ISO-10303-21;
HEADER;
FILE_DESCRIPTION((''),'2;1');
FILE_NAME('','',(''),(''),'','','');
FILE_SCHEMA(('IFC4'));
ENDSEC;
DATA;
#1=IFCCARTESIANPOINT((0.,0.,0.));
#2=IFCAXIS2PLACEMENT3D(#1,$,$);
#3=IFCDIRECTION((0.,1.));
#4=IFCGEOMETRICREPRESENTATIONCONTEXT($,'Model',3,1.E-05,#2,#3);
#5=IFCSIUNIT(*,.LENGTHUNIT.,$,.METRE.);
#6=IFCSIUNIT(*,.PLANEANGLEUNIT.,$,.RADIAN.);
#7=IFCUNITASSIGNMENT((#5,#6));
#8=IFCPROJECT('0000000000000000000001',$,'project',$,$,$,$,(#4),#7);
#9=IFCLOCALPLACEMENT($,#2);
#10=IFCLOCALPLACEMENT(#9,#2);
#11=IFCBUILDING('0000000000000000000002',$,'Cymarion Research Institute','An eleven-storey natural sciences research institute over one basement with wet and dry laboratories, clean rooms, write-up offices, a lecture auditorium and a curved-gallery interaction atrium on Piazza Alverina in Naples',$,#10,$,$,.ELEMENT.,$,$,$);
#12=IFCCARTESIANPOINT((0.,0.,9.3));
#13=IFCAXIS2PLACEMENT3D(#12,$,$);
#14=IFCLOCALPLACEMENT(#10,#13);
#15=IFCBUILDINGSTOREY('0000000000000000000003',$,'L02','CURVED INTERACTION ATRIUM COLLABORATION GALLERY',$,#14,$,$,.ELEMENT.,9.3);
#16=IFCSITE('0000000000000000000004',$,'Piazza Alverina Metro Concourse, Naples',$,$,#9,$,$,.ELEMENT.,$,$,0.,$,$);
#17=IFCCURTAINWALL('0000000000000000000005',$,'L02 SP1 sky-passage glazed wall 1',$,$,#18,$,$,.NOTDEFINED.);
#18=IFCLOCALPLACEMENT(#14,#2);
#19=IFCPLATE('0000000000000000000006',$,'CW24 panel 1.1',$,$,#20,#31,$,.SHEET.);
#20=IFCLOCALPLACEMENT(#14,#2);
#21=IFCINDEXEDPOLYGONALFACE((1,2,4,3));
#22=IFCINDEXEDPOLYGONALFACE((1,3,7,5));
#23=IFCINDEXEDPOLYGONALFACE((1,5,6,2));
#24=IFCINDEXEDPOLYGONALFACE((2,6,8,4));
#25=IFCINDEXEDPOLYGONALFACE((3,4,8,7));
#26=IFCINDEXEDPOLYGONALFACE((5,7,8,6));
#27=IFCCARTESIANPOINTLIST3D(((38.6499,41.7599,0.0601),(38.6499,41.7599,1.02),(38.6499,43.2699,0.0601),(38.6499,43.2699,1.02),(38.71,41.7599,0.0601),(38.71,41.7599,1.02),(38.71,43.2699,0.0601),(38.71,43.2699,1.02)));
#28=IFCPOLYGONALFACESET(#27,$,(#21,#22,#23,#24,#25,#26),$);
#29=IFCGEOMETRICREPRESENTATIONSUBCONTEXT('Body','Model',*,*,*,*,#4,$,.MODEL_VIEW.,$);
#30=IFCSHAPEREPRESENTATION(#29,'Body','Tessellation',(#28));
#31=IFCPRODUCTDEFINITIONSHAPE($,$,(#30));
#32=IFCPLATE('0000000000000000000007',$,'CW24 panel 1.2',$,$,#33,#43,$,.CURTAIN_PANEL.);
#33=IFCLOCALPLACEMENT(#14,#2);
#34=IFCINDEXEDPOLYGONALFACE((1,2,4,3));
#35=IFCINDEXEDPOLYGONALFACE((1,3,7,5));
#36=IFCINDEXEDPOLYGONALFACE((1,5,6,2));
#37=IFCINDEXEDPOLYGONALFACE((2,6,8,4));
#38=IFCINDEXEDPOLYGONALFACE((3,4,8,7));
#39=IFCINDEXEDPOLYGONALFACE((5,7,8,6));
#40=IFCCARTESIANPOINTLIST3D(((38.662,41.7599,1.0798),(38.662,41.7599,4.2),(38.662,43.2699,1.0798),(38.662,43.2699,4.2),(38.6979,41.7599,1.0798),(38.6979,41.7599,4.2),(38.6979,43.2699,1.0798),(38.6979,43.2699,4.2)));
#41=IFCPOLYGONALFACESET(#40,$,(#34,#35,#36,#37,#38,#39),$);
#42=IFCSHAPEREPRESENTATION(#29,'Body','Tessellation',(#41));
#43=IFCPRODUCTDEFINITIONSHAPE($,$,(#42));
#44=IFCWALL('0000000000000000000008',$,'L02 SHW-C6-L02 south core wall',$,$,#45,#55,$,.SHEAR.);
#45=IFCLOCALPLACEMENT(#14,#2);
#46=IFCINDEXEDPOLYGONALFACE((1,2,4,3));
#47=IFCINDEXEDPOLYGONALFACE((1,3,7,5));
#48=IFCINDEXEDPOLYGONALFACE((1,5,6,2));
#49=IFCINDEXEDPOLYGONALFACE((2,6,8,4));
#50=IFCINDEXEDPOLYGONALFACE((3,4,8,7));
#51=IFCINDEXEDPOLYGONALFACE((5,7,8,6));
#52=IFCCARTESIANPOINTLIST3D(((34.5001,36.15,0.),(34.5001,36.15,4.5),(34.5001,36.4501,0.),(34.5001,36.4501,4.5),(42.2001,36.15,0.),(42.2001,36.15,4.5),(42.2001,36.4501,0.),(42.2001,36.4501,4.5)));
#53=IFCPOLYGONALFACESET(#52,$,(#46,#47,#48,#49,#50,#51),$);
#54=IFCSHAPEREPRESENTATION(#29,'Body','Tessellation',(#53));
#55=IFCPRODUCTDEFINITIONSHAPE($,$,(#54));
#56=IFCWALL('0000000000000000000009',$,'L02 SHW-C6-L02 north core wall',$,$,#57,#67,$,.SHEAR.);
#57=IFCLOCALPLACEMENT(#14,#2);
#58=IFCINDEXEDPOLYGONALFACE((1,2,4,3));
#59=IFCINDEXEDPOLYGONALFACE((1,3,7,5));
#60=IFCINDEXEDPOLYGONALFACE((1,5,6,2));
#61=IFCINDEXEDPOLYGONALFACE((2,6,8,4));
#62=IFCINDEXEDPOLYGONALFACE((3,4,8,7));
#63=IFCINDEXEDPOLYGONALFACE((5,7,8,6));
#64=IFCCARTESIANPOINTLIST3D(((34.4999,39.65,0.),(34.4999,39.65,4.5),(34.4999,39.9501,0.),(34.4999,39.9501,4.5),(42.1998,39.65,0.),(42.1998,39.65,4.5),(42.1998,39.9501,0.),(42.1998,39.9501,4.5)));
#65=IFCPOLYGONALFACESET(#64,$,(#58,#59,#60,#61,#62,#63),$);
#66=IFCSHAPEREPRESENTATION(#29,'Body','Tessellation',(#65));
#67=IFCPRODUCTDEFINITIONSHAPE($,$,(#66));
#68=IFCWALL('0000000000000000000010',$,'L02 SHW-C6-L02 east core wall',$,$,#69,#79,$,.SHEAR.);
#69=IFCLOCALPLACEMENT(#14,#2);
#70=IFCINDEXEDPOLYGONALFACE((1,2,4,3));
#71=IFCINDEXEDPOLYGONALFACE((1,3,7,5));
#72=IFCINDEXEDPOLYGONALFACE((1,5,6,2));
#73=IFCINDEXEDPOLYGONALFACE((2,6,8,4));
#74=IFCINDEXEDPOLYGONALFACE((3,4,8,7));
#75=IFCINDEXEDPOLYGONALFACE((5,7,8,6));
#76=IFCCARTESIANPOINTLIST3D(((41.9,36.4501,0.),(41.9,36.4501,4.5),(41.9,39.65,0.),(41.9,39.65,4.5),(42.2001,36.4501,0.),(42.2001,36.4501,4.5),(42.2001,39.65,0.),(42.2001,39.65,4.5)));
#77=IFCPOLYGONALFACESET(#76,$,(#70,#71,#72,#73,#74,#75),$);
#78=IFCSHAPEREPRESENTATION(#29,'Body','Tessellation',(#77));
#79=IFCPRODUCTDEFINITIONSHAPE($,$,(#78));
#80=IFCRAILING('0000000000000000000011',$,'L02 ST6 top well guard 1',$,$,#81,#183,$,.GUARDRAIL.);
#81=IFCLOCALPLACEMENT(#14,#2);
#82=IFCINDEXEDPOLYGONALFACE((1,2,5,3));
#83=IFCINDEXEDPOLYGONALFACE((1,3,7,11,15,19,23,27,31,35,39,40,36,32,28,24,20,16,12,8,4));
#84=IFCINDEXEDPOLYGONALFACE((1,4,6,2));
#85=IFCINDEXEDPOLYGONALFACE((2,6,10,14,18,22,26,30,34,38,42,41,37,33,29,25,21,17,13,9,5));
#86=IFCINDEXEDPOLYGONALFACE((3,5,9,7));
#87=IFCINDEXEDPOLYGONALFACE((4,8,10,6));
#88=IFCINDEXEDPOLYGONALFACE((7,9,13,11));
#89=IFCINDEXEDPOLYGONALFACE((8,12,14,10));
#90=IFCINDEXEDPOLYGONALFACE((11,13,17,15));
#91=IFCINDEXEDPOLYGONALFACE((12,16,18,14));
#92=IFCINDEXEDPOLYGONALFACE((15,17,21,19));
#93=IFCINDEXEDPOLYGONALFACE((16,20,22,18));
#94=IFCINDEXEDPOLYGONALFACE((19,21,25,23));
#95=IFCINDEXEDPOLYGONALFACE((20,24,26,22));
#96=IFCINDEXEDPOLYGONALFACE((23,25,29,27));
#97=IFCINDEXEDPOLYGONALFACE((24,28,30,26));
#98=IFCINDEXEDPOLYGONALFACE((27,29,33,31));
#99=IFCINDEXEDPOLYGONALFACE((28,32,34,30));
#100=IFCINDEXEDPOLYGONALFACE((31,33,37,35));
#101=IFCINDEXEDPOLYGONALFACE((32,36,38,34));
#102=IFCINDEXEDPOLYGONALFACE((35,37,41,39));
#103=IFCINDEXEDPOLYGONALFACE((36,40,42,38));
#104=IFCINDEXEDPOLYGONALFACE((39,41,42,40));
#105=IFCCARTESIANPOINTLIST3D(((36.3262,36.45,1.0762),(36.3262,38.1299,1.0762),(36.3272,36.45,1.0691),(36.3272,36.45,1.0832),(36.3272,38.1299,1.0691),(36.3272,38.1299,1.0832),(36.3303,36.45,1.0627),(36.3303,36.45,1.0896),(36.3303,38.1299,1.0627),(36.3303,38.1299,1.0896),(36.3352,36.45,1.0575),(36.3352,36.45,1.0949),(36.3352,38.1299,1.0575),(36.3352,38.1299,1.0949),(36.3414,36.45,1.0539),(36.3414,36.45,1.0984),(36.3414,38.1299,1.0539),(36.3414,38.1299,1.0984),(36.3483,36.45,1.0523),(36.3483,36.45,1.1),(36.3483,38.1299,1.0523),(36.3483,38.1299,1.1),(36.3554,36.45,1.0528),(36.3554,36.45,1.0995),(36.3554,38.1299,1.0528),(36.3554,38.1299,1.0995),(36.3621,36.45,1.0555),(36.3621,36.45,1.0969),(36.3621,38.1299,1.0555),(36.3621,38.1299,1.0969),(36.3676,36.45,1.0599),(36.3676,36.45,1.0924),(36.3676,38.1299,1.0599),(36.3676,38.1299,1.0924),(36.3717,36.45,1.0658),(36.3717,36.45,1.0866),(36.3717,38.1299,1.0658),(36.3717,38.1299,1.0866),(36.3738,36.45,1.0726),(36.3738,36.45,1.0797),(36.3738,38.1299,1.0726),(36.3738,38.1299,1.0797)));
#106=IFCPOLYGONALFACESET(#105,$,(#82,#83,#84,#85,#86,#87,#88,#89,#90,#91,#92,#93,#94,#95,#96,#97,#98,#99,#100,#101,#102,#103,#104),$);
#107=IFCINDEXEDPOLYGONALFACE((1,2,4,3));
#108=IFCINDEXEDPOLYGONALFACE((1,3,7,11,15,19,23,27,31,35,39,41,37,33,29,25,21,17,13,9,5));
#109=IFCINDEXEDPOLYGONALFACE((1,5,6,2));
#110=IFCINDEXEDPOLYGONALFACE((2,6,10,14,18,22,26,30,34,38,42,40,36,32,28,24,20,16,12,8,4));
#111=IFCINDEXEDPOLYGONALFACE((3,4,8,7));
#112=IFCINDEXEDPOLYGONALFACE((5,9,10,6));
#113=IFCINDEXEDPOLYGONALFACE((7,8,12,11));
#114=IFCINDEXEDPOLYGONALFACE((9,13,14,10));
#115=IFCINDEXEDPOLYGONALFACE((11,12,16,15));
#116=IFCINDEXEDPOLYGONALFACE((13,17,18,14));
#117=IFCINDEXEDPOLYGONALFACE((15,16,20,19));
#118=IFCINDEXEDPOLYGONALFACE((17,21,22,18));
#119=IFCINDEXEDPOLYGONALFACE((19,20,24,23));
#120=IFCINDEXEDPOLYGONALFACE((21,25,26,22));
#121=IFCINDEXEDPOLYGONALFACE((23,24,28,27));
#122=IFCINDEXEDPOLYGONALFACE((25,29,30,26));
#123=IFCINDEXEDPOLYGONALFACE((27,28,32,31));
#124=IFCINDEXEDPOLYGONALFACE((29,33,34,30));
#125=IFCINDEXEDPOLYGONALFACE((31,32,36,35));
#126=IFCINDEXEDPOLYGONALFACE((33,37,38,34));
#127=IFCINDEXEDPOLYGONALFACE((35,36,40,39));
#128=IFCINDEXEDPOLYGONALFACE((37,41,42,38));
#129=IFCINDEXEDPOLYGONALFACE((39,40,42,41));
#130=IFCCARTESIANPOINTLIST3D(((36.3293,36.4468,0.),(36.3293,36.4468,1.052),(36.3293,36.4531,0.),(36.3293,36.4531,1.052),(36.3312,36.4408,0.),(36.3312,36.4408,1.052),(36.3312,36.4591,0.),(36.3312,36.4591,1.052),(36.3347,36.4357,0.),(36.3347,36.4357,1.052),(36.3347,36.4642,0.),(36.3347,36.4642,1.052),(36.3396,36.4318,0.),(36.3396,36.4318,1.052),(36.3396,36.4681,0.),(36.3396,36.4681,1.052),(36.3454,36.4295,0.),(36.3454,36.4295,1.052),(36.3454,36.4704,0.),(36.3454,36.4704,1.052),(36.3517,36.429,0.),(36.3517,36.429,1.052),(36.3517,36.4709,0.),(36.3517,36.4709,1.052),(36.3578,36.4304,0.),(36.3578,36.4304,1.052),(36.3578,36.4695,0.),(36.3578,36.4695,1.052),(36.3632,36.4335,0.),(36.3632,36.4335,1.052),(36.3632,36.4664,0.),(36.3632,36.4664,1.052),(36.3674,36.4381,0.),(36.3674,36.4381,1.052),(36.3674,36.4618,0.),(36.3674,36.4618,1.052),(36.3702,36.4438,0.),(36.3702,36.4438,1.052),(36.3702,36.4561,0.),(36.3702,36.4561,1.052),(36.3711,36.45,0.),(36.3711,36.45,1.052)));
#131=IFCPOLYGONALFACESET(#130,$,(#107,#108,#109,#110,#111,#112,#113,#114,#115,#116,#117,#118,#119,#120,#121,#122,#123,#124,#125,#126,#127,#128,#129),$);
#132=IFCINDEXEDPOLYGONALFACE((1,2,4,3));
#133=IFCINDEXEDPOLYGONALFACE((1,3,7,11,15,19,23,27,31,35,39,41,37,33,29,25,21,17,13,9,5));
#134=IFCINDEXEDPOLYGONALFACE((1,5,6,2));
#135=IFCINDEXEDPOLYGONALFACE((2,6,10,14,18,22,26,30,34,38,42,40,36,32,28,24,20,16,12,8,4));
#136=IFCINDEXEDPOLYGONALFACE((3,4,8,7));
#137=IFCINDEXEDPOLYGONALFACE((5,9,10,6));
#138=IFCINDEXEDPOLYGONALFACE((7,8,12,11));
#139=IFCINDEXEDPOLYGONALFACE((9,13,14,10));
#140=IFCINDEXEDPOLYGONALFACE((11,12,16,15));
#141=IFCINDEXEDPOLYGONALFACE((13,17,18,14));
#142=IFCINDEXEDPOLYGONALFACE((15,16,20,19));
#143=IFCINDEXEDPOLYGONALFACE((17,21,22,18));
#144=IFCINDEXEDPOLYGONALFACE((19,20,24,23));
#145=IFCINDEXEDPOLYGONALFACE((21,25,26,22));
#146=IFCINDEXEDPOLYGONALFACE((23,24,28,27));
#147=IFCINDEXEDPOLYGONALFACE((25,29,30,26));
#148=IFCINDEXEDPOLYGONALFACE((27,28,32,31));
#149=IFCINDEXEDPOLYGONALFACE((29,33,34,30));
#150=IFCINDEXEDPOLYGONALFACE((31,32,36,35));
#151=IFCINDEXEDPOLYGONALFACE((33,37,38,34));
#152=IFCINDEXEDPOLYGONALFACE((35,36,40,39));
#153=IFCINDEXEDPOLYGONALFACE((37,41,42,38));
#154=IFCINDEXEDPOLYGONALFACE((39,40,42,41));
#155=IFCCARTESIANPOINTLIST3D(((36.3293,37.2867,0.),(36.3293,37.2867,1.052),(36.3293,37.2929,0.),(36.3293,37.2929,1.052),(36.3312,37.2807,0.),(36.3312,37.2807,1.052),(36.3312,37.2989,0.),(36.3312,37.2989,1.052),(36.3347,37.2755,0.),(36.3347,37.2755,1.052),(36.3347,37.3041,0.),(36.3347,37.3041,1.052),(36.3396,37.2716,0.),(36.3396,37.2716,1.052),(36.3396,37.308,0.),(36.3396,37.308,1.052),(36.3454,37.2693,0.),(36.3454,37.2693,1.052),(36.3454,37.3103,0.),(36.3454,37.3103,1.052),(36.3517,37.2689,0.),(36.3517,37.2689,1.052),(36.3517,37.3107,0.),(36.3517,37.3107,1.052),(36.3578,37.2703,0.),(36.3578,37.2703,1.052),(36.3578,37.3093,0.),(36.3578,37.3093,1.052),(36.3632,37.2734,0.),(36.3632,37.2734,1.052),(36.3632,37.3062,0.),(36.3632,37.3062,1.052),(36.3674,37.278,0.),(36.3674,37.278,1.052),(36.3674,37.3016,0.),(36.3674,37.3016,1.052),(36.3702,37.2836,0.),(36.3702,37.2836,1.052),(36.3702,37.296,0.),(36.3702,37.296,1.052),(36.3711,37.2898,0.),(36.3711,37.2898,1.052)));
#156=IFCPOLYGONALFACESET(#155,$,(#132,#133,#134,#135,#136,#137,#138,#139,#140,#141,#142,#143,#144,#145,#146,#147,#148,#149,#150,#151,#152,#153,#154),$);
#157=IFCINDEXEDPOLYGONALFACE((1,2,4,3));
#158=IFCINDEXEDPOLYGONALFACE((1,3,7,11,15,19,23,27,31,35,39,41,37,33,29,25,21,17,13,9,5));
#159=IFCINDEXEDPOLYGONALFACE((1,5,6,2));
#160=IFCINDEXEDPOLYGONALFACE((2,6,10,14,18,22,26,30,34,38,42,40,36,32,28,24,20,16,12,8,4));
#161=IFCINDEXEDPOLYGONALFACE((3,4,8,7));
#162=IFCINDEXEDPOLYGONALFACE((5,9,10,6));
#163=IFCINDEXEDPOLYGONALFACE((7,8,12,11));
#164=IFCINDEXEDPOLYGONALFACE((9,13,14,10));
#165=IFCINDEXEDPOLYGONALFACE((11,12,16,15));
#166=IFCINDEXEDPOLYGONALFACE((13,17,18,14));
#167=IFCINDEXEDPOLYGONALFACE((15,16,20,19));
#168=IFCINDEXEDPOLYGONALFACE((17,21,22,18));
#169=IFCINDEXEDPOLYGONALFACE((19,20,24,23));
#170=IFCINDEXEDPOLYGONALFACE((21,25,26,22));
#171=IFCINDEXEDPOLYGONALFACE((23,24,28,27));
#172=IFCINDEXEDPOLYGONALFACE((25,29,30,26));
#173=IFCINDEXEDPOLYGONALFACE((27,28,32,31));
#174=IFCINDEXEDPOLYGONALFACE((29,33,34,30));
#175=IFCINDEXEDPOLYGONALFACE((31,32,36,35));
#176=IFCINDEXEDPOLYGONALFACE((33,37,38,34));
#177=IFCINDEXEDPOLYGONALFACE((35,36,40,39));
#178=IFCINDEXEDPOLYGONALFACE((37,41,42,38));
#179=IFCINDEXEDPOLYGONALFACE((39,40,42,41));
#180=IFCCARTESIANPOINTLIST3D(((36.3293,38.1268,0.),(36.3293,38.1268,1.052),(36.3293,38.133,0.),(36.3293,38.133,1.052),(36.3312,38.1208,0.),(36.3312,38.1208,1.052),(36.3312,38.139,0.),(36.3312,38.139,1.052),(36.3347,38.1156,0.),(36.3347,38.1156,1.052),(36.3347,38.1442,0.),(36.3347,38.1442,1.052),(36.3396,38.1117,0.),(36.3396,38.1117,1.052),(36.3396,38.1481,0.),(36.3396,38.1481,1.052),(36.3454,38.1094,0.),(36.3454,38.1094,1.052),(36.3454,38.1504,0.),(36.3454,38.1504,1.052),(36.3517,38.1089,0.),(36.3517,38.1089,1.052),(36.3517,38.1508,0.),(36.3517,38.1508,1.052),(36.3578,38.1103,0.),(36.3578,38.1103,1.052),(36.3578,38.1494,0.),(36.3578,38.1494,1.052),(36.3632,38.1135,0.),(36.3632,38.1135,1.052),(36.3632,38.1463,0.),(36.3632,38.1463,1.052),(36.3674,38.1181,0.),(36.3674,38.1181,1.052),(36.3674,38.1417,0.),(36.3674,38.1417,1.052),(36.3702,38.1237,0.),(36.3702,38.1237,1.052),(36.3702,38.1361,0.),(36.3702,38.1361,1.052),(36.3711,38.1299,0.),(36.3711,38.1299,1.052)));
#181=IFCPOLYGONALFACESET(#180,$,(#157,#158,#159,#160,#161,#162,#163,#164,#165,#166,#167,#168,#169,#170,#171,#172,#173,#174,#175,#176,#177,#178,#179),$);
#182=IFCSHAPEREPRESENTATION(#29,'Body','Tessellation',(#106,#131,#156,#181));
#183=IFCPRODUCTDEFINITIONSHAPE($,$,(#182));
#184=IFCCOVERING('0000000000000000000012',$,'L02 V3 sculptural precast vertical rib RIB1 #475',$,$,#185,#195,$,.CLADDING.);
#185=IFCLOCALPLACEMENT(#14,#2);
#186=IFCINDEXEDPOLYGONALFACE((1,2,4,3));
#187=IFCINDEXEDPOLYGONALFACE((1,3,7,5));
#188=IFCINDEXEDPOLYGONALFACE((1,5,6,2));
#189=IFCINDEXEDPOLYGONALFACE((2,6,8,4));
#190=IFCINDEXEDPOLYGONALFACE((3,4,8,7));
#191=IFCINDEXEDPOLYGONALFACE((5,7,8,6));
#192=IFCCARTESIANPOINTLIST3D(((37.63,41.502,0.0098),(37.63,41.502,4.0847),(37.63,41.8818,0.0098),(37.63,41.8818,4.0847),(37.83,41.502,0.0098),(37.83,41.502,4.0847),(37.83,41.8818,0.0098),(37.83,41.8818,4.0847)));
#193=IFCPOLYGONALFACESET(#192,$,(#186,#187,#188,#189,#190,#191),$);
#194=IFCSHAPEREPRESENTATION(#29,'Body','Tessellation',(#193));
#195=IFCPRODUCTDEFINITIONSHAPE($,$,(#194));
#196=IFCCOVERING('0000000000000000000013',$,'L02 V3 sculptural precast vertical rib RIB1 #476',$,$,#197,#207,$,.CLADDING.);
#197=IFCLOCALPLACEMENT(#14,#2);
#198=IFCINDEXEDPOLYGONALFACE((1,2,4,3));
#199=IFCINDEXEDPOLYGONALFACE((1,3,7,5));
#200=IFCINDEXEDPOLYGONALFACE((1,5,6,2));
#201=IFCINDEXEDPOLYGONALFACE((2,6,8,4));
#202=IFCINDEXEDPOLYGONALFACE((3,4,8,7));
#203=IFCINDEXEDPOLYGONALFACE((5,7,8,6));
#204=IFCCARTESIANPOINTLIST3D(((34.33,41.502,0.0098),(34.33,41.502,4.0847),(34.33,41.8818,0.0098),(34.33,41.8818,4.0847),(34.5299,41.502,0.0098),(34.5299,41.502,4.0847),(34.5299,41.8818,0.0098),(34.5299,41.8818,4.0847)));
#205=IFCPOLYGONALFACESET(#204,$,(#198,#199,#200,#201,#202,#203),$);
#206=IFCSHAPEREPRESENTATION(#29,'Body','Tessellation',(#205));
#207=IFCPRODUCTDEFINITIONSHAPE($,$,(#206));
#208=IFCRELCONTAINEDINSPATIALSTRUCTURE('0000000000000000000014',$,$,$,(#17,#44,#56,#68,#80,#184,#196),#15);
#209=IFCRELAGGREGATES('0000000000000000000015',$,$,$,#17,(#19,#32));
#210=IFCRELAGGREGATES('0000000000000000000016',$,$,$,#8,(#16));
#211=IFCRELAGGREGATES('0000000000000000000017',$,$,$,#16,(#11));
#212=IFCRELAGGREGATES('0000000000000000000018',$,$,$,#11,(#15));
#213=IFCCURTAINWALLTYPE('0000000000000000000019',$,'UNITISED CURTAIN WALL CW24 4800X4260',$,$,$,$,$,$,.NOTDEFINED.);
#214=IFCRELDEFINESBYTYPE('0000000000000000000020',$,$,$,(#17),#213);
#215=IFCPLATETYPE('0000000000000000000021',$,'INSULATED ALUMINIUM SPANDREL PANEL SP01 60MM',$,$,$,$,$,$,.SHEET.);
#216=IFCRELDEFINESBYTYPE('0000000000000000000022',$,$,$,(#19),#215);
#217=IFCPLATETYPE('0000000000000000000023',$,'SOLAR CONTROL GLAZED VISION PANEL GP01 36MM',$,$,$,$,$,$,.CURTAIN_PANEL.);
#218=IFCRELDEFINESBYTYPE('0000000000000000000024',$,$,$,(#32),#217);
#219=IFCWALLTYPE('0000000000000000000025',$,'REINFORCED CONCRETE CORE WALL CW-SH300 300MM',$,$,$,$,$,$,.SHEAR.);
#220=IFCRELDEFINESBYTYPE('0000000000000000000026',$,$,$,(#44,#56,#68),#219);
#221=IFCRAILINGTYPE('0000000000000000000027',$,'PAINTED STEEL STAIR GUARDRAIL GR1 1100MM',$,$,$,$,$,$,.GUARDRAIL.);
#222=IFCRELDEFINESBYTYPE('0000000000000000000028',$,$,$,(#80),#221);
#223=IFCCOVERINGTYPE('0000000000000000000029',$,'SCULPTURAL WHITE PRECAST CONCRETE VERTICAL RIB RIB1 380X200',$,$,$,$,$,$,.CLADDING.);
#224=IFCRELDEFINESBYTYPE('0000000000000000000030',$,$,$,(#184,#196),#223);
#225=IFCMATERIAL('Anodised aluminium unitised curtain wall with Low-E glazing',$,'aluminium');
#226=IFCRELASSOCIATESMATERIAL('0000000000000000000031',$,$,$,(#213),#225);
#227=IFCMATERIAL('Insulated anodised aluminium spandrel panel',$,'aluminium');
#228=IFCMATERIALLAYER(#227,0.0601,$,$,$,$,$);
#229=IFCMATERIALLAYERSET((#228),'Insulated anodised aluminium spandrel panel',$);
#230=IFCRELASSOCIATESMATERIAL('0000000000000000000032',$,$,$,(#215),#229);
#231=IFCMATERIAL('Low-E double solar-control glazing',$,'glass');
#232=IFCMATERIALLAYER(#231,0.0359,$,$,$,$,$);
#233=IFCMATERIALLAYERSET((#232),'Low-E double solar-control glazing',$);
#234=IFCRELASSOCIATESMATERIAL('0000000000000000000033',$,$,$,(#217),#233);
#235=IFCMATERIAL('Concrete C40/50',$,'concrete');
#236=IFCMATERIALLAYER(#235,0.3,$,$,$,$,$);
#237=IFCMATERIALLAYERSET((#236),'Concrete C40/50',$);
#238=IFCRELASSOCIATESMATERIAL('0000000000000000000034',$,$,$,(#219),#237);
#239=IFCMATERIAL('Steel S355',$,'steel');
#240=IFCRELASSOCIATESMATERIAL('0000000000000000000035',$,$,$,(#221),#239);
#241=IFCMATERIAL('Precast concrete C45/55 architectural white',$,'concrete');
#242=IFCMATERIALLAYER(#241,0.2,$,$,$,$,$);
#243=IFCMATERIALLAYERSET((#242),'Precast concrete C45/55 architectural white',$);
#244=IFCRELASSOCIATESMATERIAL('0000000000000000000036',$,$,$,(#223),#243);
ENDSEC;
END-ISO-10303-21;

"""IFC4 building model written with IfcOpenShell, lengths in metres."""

from ifc_helpers import new_model, si_unit, direction, frame, frame_2d, origin, origin_2d, place, context, subcontext, project, spatial, rectangle, circle, extrude, material, layer, layer_set, type_object, element, aggregate, save


model = new_model("IFC4")

# Units and contexts
model_context = context("Model", 3, precision=1e-05, world=origin(), true_north=direction((0.0, 1.0)))
body_context = subcontext(model_context, "Body", "Model", "MODEL_VIEW")
ifc_project = project(units=[si_unit("LENGTHUNIT", "METRE"), si_unit("PLANEANGLEUNIT", "RADIAN")], contexts=[model_context])

# Site, building, storey
site_placement = place(None, origin())
site = spatial("IfcSite", under=ifc_project, at=site_placement, Name="Piazza Alverina Metro Concourse, Naples", CompositionType="ELEMENT", RefElevation=0.0)
building_placement = place(site_placement, origin())
building = spatial("IfcBuilding", under=site, at=building_placement, Name="Cymarion Research Institute", Description="An eleven-storey natural sciences research institute over one basement with wet and dry laboratories, clean rooms, write-up offices, a lecture auditorium and a curved-gallery interaction atrium on Piazza Alverina in Naples", CompositionType="ELEMENT")
storey_placement = place(building_placement, frame((0.0, 0.0, 9.3)))
storey = spatial("IfcBuildingStorey", under=building, at=storey_placement, Name="L02", Description="CURVED INTERACTION ATRIUM COLLABORATION GALLERY", CompositionType="ELEMENT", Elevation=9.3)

# Shared definitions
ifc_material_1 = material(Name="Steel S355", Category="steel")

# Curtain wall
ifc_material_2 = material(Name="Anodised aluminium unitised curtain wall with Low-E glazing", Category="aluminium")
curtain_wall_type = type_object("IfcCurtainWallType", Name="UNITISED CURTAIN WALL CW24 4800X4260", PredefinedType="NOTDEFINED", material=ifc_material_2)
curtain_wall_1_placement = place(storey_placement, origin())
curtain_wall_1 = element("IfcCurtainWall", 1, at=curtain_wall_1_placement, inside=storey, type_object=curtain_wall_type, Name="L02 SP1 sky-passage glazed wall 1", PredefinedType="NOTDEFINED")

# Plates
ifc_material_3 = material(Name="Insulated anodised aluminium spandrel panel", Category="aluminium")
ifc_layer_1 = layer(ifc_material_3, 0.0601)
ifc_layer_set_1 = layer_set([ifc_layer_1], Name="Insulated anodised aluminium spandrel panel")
plate_type_1 = type_object("IfcPlateType", Name="INSULATED ALUMINIUM SPANDREL PANEL SP01 60MM", PredefinedType="SHEET", material=ifc_layer_set_1)
plate_1_placement = place(storey_placement, frame((38.6799, 42.5149, 0.0601), z_axis=(0.0, 0.0, 1.0), x_axis=(0.0, 1.0, 0.0)))
plate_1 = element("IfcPlate", 2, at=plate_1_placement, type_object=plate_type_1, Name="CW24 panel 1.1", PredefinedType="SHEET", context=body_context, shape_type="SweptSolid", body=[
    extrude(rectangle(XDim=1.51, YDim=0.0601, at=origin_2d()), origin(), (0.0, 0.0, 1.0), 0.96),
])
ifc_material_4 = material(Name="Low-E double solar-control glazing", Category="glass")
ifc_layer_2 = layer(ifc_material_4, 0.0359)
ifc_layer_set_2 = layer_set([ifc_layer_2], Name="Low-E double solar-control glazing")
plate_type_2 = type_object("IfcPlateType", Name="SOLAR CONTROL GLAZED VISION PANEL GP01 36MM", PredefinedType="CURTAIN_PANEL", material=ifc_layer_set_2)
plate_2_placement = place(storey_placement, frame((38.6799, 42.5149, 1.0798), z_axis=(0.0, 0.0, 1.0), x_axis=(0.0, 1.0, 0.0)))
plate_2 = element("IfcPlate", 3, at=plate_2_placement, type_object=plate_type_2, Name="CW24 panel 1.2", PredefinedType="CURTAIN_PANEL", context=body_context, shape_type="SweptSolid", body=[
    extrude(rectangle(XDim=1.51, YDim=0.0359, at=origin_2d()), origin(), (0.0, 0.0, 1.0), 3.1201),
])
aggregate(curtain_wall_1, [plate_1, plate_2])

# Walls
ifc_material_5 = material(Name="Concrete C40/50", Category="concrete")
ifc_layer_3 = layer(ifc_material_5, 0.3)
ifc_layer_set_3 = layer_set([ifc_layer_3], Name="Concrete C40/50")
wall_type = type_object("IfcWallType", Name="REINFORCED CONCRETE CORE WALL CW-SH300 300MM", PredefinedType="SHEAR", material=ifc_layer_set_3)
for number, where, z_axis, x_axis, name in (
    (4, (34.5, 36.3, 0.0), (0.0, 0.0, 1.0), (1.0, 0.0, 0.0), "L02 SHW-C6-L02 south core wall"),
    (5, (42.2, 39.8, 0.0), (0.0, 0.0, 1.0), (-1.0, 0.0, 0.0), "L02 SHW-C6-L02 north core wall"),
):
    element("IfcWall", number, at=place(storey_placement, frame(where, z_axis=z_axis, x_axis=x_axis)), inside=storey, type_object=wall_type, Name=name, PredefinedType="SHEAR", context=body_context, shape_type="SweptSolid", body=[
        extrude(rectangle(XDim=7.7, YDim=0.3, at=frame_2d((3.8501, 0.0))), origin(), (0.0, 0.0, 1.0), 4.5),
    ])

# Wall
wall_1_placement = place(storey_placement, frame((42.05, 36.45, 0.0), z_axis=(0.0, 0.0, 1.0), x_axis=(0.0, 1.0, 0.0)))
element("IfcWall", 6, at=wall_1_placement, inside=storey, type_object=wall_type, Name="L02 SHW-C6-L02 east core wall", PredefinedType="SHEAR", context=body_context, shape_type="SweptSolid", body=[
    extrude(rectangle(XDim=3.2, YDim=0.3, at=frame_2d((1.6001, 0.0))), origin(), (0.0, 0.0, 1.0), 4.5),
])

# Railing
railing_type = type_object("IfcRailingType", Name="PAINTED STEEL STAIR GUARDRAIL GR1 1100MM", PredefinedType="GUARDRAIL", material=ifc_material_1)
railing_placement = place(storey_placement, frame((36.3501, 36.45, 0.0)))
element("IfcRailing", 7, at=railing_placement, inside=storey, type_object=railing_type, Name="L02 ST6 top well guard 1", PredefinedType="GUARDRAIL", context=body_context, shape_type="SweptSolid", body=[
    extrude(circle(Radius=0.0239, at=origin_2d()), frame((0.0, 0.0, 1.0762), z_axis=(0.0, 1.0, 0.0), x_axis=(-1.0, 0.0, 0.0)), (0.0, 0.0, 1.0), 1.6799),
    extrude(circle(Radius=0.021, at=origin_2d()), origin(), (0.0, 0.0, 1.0), 1.052),
    extrude(circle(Radius=0.021, at=origin_2d()), frame((0.0, 0.8398, 0.0)), (0.0, 0.0, 1.0), 1.052),
    extrude(circle(Radius=0.021, at=origin_2d()), frame((0.0, 1.6799, 0.0)), (0.0, 0.0, 1.0), 1.052),
])

# Coverings
ifc_material_6 = material(Name="Precast concrete C45/55 architectural white", Category="concrete")
ifc_layer_4 = layer(ifc_material_6, 0.2)
ifc_layer_set_4 = layer_set([ifc_layer_4], Name="Precast concrete C45/55 architectural white")
covering_type = type_object("IfcCoveringType", Name="SCULPTURAL WHITE PRECAST CONCRETE VERTICAL RIB RIB1 380X200", PredefinedType="CLADDING", material=ifc_layer_set_4)
for number, where, z_axis, x_axis, name in (
    (8, (37.73, 41.6919, 0.0098), (0.0, 0.0, 1.0), (0.0, 1.0, 0.0), "L02 V3 sculptural precast vertical rib RIB1 #475"),
    (9, (34.4299, 41.6919, 0.0098), (0.0, 0.0, 1.0), (0.0, 1.0, 0.0), "L02 V3 sculptural precast vertical rib RIB1 #476"),
):
    element("IfcCovering", number, at=place(storey_placement, frame(where, z_axis=z_axis, x_axis=x_axis)), inside=storey, type_object=covering_type, Name=name, PredefinedType="CLADDING", context=body_context, shape_type="SweptSolid", body=[
        extrude(rectangle(XDim=0.3799, YDim=0.2, at=origin_2d()), origin(), (0.0, 0.0, 1.0), 4.075),
    ])

save(model, "model.ifc")
